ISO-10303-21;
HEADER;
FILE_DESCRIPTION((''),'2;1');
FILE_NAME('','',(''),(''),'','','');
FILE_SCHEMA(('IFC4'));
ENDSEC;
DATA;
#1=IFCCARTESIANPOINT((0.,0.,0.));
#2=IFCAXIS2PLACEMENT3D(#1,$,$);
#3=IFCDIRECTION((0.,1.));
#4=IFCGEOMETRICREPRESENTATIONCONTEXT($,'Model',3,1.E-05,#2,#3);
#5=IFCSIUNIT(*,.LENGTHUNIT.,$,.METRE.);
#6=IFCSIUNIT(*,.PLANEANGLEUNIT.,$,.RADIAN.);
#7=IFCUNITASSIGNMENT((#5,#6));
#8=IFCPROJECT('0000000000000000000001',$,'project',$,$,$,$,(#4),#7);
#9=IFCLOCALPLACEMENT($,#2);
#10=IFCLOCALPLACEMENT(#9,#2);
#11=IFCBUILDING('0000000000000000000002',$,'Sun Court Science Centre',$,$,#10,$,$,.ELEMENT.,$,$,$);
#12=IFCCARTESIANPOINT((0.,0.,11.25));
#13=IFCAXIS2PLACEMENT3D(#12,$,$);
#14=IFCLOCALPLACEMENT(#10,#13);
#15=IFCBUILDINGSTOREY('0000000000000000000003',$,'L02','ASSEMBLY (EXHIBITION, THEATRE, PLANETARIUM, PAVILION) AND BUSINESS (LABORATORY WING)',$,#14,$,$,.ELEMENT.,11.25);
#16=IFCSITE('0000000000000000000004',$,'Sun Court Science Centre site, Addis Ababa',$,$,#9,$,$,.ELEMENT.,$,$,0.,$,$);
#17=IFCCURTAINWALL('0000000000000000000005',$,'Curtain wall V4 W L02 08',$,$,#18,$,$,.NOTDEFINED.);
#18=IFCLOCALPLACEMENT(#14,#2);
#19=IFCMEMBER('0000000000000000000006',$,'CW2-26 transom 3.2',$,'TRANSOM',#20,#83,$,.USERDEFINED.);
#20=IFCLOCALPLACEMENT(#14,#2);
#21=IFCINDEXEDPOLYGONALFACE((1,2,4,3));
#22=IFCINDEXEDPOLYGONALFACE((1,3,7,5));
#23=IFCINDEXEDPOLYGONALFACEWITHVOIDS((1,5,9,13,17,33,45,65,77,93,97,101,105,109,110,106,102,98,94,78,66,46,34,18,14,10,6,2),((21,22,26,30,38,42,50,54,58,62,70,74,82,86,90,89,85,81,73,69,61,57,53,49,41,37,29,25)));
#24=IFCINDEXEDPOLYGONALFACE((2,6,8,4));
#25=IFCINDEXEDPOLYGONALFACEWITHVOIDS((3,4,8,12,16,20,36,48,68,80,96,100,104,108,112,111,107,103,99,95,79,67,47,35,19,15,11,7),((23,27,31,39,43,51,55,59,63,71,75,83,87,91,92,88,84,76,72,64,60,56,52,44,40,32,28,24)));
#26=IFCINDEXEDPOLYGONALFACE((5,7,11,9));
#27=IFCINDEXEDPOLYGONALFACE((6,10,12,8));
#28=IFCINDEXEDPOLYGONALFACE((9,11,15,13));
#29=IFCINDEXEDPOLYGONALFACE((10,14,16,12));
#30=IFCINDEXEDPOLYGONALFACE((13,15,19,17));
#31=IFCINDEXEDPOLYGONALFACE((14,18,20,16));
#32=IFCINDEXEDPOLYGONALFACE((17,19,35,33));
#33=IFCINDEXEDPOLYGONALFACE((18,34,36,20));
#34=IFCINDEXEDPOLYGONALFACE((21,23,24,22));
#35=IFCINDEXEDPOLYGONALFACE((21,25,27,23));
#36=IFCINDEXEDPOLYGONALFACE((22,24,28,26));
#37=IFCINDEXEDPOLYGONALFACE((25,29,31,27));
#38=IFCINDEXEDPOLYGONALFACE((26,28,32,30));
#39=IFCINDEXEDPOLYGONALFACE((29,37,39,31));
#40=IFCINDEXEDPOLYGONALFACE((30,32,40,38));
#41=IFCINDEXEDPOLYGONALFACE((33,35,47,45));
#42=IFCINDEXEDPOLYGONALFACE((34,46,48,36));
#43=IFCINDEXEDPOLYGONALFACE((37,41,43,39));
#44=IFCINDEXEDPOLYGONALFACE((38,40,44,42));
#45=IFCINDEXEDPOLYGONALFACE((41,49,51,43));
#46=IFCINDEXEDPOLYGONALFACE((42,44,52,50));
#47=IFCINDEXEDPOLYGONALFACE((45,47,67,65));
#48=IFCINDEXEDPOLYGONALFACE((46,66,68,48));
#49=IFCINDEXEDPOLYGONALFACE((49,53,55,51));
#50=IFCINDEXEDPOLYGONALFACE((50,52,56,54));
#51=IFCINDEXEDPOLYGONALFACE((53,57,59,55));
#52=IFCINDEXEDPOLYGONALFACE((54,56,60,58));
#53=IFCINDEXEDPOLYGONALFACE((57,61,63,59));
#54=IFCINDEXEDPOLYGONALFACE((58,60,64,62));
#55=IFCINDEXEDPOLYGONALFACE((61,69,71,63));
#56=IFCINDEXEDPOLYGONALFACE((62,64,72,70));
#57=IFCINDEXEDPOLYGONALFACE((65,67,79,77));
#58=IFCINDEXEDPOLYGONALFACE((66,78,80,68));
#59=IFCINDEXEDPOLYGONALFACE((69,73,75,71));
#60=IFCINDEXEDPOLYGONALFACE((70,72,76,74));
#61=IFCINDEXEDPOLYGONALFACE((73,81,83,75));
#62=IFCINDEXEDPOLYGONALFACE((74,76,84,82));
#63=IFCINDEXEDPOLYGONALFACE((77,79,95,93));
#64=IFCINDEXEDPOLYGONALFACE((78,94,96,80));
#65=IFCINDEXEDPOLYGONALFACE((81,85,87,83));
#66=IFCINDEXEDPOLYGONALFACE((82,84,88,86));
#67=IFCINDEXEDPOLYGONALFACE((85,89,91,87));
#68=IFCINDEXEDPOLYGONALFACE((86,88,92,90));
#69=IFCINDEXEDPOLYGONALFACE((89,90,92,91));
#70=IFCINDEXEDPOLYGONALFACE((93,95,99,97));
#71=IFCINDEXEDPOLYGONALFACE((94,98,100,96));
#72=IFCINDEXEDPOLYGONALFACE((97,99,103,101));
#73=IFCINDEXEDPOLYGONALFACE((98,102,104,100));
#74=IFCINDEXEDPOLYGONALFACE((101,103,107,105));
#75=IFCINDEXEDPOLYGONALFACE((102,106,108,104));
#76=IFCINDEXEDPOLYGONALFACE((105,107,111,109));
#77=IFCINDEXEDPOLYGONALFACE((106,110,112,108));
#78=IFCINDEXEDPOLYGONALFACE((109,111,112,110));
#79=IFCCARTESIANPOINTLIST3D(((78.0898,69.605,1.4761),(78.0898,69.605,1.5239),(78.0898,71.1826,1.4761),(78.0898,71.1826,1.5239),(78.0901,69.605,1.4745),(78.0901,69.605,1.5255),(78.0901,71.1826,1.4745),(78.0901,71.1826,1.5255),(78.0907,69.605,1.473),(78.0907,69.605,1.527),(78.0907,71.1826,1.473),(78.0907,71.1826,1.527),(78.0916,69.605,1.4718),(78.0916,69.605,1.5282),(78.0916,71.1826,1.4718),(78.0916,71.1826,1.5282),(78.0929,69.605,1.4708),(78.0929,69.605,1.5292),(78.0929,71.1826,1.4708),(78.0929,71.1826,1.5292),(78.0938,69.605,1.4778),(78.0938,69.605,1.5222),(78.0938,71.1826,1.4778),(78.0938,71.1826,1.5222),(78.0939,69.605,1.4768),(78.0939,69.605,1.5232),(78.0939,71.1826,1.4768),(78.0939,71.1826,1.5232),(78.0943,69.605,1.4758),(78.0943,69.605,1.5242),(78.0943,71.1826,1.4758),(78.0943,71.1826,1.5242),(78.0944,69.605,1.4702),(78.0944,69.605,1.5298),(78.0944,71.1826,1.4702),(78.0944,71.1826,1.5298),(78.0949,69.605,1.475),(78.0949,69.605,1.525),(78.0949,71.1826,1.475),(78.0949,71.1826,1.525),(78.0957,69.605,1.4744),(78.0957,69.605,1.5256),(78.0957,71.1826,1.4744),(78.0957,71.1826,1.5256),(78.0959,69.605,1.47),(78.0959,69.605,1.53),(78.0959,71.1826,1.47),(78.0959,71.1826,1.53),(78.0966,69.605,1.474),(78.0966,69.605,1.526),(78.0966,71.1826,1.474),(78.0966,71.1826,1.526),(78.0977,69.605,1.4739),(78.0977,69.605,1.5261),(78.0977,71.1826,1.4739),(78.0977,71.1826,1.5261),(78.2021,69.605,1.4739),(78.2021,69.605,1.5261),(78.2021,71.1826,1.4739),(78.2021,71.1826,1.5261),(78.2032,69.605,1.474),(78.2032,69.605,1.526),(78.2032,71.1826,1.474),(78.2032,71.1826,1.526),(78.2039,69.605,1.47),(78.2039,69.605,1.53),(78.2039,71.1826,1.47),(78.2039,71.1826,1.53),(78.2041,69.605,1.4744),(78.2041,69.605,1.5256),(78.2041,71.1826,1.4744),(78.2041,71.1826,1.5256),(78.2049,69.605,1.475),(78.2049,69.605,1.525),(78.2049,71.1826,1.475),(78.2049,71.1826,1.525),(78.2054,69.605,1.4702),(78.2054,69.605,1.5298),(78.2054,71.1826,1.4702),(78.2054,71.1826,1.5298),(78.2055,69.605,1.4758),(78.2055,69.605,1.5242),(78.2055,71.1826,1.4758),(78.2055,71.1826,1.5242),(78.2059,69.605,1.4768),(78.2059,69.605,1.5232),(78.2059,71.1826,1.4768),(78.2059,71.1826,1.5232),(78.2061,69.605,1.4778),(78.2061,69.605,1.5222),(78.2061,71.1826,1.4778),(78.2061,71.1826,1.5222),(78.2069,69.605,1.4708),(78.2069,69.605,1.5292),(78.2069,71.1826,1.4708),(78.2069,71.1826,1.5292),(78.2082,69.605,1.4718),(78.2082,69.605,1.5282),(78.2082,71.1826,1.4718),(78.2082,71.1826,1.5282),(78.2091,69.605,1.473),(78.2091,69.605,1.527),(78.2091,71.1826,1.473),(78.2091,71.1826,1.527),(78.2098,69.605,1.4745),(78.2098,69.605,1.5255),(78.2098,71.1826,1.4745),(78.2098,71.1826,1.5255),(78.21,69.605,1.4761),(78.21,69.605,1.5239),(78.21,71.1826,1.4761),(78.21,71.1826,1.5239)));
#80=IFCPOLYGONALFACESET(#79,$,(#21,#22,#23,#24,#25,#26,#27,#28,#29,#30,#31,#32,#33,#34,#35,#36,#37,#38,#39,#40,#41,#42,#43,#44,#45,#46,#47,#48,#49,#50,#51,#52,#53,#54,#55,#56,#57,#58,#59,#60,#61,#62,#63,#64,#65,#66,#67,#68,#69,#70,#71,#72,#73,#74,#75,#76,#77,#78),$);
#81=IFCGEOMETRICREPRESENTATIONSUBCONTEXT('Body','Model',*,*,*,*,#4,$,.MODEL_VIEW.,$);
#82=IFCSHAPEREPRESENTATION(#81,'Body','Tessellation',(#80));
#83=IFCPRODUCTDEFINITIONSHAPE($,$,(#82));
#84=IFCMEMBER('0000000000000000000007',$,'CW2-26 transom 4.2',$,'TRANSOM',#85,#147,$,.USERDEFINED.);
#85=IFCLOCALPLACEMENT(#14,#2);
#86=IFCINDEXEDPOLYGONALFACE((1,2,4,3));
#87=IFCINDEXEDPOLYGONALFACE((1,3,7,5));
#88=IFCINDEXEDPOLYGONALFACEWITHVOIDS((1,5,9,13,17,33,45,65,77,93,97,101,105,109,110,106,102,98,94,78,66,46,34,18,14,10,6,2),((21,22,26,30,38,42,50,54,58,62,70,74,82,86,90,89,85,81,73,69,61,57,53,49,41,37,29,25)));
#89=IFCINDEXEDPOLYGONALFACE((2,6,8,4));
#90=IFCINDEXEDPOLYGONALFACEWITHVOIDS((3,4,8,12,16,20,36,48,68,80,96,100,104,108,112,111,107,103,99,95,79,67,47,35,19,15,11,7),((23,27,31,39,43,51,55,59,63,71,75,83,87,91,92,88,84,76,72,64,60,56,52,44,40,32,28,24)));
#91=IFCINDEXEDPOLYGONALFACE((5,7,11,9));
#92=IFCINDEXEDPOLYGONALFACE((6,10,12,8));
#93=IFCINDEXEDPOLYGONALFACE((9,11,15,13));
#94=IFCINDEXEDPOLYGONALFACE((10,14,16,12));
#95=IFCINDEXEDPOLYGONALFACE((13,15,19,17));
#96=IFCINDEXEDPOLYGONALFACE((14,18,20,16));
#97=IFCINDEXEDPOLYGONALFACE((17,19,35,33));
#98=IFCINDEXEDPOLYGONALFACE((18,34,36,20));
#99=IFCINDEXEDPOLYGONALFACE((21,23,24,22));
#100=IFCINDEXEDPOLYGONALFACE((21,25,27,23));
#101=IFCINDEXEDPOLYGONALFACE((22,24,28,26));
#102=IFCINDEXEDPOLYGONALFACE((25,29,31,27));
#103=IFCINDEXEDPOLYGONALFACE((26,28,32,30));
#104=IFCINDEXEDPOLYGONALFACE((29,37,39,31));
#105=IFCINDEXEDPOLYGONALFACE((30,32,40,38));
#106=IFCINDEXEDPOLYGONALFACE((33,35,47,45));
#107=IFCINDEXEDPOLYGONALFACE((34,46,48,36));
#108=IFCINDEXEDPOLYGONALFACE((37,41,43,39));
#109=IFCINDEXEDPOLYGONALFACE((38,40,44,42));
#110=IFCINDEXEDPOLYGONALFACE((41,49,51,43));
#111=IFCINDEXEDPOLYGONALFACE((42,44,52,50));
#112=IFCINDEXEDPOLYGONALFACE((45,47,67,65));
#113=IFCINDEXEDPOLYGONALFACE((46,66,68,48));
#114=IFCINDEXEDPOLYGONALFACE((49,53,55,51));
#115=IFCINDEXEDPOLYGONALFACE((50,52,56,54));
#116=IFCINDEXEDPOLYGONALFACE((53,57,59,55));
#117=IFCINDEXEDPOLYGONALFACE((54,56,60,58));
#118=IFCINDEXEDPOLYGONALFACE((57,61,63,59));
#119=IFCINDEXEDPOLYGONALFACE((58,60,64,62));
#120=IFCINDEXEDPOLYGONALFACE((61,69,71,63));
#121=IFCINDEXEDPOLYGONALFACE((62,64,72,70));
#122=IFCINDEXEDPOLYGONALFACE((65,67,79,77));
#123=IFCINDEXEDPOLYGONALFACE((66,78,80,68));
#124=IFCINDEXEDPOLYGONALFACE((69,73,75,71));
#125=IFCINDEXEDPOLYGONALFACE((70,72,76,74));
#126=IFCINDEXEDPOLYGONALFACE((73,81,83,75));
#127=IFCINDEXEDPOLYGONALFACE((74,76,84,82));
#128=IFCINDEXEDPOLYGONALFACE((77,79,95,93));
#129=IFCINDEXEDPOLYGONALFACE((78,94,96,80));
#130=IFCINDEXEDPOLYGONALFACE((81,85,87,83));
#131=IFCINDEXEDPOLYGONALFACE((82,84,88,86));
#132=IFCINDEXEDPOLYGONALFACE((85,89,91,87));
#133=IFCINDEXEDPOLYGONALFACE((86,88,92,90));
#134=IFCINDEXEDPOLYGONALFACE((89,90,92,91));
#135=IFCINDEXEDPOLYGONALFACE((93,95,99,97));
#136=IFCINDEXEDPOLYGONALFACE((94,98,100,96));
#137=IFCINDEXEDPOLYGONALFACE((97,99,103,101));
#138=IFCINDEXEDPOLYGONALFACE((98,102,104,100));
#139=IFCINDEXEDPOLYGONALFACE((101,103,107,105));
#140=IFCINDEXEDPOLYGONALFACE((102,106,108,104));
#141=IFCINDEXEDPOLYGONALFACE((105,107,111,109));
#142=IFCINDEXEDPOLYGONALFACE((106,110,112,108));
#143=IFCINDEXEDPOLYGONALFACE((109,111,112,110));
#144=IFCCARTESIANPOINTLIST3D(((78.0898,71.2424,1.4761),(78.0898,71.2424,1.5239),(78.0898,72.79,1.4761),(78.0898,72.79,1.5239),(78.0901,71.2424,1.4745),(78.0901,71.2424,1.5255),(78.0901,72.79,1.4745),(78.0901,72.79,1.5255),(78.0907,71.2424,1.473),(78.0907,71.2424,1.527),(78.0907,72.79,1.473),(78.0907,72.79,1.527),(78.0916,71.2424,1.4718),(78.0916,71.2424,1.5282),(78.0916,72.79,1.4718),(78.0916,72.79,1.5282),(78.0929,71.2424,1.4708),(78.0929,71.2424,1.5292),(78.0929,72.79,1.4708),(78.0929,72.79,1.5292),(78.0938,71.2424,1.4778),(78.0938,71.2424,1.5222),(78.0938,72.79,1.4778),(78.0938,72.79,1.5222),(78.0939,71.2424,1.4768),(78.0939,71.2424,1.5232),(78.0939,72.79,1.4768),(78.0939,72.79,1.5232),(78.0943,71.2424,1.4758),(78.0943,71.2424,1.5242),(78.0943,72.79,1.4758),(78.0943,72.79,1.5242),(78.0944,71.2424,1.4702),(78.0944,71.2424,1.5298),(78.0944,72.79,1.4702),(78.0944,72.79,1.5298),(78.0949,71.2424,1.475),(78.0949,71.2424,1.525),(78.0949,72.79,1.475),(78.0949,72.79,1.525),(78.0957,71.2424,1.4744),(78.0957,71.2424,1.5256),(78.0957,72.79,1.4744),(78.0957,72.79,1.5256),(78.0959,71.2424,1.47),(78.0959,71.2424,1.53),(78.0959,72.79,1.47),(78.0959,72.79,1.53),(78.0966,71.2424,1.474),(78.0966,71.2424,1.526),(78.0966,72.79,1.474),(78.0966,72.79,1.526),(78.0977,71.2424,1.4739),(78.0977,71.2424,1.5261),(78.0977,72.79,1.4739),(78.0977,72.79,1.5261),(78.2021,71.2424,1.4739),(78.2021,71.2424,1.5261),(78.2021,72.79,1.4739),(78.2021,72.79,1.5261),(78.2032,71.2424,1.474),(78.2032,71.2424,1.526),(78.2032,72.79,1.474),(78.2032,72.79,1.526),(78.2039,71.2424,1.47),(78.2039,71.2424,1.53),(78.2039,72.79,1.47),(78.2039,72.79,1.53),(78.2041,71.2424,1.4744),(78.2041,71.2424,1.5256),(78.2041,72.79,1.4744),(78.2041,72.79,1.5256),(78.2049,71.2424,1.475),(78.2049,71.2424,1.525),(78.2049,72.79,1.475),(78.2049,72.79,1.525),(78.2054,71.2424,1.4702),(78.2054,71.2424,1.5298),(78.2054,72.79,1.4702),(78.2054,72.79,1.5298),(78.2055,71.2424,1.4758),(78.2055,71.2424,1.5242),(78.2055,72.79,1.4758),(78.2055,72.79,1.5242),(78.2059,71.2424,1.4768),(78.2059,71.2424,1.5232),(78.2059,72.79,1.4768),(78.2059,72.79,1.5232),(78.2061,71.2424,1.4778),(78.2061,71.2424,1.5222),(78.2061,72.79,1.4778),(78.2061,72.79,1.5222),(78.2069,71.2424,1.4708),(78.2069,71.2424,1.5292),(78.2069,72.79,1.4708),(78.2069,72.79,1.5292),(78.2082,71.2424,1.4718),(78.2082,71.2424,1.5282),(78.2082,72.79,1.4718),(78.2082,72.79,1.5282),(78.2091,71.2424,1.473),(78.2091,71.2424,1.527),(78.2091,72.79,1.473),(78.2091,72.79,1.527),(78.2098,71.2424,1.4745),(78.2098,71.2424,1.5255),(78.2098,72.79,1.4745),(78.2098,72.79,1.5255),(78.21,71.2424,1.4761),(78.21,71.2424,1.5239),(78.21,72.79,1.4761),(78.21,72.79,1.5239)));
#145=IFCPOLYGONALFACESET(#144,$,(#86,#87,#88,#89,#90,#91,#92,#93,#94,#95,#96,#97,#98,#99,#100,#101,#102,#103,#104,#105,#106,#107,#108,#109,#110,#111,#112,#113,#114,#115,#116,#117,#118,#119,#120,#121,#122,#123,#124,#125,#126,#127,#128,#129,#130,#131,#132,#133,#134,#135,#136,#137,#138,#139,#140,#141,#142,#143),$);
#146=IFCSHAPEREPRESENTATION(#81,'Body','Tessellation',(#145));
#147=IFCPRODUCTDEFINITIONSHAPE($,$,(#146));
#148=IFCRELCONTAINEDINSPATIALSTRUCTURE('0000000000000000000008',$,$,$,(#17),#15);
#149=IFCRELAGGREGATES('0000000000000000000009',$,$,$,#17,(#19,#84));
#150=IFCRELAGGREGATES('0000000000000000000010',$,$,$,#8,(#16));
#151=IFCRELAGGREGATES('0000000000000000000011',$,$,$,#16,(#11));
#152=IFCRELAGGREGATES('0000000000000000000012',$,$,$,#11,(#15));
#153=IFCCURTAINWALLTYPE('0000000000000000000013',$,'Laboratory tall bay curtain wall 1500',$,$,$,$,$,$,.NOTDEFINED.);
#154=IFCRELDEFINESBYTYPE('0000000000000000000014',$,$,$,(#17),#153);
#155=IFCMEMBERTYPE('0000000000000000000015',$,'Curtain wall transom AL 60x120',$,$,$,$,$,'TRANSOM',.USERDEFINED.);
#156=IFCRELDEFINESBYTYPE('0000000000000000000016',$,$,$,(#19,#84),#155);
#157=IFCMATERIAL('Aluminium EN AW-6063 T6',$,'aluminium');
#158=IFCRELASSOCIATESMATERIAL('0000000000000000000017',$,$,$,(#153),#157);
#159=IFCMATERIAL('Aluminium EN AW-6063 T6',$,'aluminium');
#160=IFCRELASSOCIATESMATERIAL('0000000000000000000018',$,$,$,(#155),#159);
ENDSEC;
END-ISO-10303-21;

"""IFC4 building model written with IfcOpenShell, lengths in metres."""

from ifc_helpers import new_model, si_unit, direction, frame, origin, origin_2d, place, context, subcontext, project, spatial, hollow_rectangle, extrude, material, material_profile, profile_set, type_object, element, aggregate, save


model = new_model("IFC4")

# Units and contexts
model_context = context("Model", 3, precision=1e-05, world=origin(), true_north=direction((0.0, 1.0)))
body_context = subcontext(model_context, "Body", "Model", "MODEL_VIEW")
ifc_project = project(units=[si_unit("LENGTHUNIT", "METRE"), si_unit("PLANEANGLEUNIT", "RADIAN")], contexts=[model_context])

# Site, building, storey
site_placement = place(None, origin())
site = spatial("IfcSite", under=ifc_project, at=site_placement, Name="Sun Court Science Centre site, Addis Ababa", CompositionType="ELEMENT", RefElevation=0.0)
building_placement = place(site_placement, origin())
building = spatial("IfcBuilding", under=site, at=building_placement, Name="Sun Court Science Centre", CompositionType="ELEMENT")
storey_placement = place(building_placement, frame((0.0, 0.0, 11.25)))
storey = spatial("IfcBuildingStorey", under=building, at=storey_placement, Name="L02", Description="ASSEMBLY (EXHIBITION, THEATRE, PLANETARIUM, PAVILION) AND BUSINESS (LABORATORY WING)", CompositionType="ELEMENT", Elevation=11.25)

# Curtain wall
ifc_material_1 = material(Name="Aluminium EN AW-6063 T6", Category="aluminium")
curtain_wall_type = type_object("IfcCurtainWallType", Name="Laboratory tall bay curtain wall 1500", PredefinedType="NOTDEFINED", material=ifc_material_1)
curtain_wall_1_placement = place(storey_placement, origin())
curtain_wall_1 = element("IfcCurtainWall", 1, at=curtain_wall_1_placement, inside=storey, type_object=curtain_wall_type, Name="Curtain wall V4 W L02 08", PredefinedType="NOTDEFINED")

# Members
ifc_material_2 = material(Name="Aluminium EN AW-6063 T6", Category="aluminium")
ifc_material_profile_1 = material_profile(ifc_material_2, hollow_rectangle(XDim=0.0601, YDim=0.1201, WallThickness=0.0039, InnerFilletRadius=0.0039, OuterFilletRadius=0.0061, at=origin_2d()), Name="AL 60x120x4")
ifc_profile_set_1 = profile_set([ifc_material_profile_1], Name="Aluminium EN AW-6063 T6")
member_type_1 = type_object("IfcMemberType", Name="Curtain wall transom AL 60x120", ElementType="TRANSOM", PredefinedType="USERDEFINED", material=ifc_profile_set_1)
member_1_placement = place(storey_placement, frame((78.1499, 69.605, 1.5), z_axis=(0.0, 1.0, 0.0), x_axis=(0.0, 0.0, 1.0)))
member_1 = element("IfcMember", 2, at=member_1_placement, type_object=member_type_1, Name="CW2-26 transom 3.2", ObjectType="TRANSOM", PredefinedType="USERDEFINED", context=body_context, shape_type="SweptSolid", body=[
    extrude(hollow_rectangle(XDim=0.0601, YDim=0.1201, WallThickness=0.0039, InnerFilletRadius=0.0039, OuterFilletRadius=0.0061, at=origin_2d()), origin(), (0.0, 0.0, 1.0), 1.5776),
])
member_2_placement = place(storey_placement, frame((78.1499, 71.2424, 1.5), z_axis=(0.0, 1.0, 0.0), x_axis=(0.0, 0.0, 1.0)))
member_2 = element("IfcMember", 3, at=member_2_placement, type_object=member_type_1, Name="CW2-26 transom 4.2", ObjectType="TRANSOM", PredefinedType="USERDEFINED", context=body_context, shape_type="SweptSolid", body=[
    extrude(hollow_rectangle(XDim=0.0601, YDim=0.1201, WallThickness=0.0039, InnerFilletRadius=0.0039, OuterFilletRadius=0.0061, at=origin_2d()), origin(), (0.0, 0.0, 1.0), 1.5476),
])

aggregate(curtain_wall_1, [member_1, member_2])

save(model, "model.ifc")
